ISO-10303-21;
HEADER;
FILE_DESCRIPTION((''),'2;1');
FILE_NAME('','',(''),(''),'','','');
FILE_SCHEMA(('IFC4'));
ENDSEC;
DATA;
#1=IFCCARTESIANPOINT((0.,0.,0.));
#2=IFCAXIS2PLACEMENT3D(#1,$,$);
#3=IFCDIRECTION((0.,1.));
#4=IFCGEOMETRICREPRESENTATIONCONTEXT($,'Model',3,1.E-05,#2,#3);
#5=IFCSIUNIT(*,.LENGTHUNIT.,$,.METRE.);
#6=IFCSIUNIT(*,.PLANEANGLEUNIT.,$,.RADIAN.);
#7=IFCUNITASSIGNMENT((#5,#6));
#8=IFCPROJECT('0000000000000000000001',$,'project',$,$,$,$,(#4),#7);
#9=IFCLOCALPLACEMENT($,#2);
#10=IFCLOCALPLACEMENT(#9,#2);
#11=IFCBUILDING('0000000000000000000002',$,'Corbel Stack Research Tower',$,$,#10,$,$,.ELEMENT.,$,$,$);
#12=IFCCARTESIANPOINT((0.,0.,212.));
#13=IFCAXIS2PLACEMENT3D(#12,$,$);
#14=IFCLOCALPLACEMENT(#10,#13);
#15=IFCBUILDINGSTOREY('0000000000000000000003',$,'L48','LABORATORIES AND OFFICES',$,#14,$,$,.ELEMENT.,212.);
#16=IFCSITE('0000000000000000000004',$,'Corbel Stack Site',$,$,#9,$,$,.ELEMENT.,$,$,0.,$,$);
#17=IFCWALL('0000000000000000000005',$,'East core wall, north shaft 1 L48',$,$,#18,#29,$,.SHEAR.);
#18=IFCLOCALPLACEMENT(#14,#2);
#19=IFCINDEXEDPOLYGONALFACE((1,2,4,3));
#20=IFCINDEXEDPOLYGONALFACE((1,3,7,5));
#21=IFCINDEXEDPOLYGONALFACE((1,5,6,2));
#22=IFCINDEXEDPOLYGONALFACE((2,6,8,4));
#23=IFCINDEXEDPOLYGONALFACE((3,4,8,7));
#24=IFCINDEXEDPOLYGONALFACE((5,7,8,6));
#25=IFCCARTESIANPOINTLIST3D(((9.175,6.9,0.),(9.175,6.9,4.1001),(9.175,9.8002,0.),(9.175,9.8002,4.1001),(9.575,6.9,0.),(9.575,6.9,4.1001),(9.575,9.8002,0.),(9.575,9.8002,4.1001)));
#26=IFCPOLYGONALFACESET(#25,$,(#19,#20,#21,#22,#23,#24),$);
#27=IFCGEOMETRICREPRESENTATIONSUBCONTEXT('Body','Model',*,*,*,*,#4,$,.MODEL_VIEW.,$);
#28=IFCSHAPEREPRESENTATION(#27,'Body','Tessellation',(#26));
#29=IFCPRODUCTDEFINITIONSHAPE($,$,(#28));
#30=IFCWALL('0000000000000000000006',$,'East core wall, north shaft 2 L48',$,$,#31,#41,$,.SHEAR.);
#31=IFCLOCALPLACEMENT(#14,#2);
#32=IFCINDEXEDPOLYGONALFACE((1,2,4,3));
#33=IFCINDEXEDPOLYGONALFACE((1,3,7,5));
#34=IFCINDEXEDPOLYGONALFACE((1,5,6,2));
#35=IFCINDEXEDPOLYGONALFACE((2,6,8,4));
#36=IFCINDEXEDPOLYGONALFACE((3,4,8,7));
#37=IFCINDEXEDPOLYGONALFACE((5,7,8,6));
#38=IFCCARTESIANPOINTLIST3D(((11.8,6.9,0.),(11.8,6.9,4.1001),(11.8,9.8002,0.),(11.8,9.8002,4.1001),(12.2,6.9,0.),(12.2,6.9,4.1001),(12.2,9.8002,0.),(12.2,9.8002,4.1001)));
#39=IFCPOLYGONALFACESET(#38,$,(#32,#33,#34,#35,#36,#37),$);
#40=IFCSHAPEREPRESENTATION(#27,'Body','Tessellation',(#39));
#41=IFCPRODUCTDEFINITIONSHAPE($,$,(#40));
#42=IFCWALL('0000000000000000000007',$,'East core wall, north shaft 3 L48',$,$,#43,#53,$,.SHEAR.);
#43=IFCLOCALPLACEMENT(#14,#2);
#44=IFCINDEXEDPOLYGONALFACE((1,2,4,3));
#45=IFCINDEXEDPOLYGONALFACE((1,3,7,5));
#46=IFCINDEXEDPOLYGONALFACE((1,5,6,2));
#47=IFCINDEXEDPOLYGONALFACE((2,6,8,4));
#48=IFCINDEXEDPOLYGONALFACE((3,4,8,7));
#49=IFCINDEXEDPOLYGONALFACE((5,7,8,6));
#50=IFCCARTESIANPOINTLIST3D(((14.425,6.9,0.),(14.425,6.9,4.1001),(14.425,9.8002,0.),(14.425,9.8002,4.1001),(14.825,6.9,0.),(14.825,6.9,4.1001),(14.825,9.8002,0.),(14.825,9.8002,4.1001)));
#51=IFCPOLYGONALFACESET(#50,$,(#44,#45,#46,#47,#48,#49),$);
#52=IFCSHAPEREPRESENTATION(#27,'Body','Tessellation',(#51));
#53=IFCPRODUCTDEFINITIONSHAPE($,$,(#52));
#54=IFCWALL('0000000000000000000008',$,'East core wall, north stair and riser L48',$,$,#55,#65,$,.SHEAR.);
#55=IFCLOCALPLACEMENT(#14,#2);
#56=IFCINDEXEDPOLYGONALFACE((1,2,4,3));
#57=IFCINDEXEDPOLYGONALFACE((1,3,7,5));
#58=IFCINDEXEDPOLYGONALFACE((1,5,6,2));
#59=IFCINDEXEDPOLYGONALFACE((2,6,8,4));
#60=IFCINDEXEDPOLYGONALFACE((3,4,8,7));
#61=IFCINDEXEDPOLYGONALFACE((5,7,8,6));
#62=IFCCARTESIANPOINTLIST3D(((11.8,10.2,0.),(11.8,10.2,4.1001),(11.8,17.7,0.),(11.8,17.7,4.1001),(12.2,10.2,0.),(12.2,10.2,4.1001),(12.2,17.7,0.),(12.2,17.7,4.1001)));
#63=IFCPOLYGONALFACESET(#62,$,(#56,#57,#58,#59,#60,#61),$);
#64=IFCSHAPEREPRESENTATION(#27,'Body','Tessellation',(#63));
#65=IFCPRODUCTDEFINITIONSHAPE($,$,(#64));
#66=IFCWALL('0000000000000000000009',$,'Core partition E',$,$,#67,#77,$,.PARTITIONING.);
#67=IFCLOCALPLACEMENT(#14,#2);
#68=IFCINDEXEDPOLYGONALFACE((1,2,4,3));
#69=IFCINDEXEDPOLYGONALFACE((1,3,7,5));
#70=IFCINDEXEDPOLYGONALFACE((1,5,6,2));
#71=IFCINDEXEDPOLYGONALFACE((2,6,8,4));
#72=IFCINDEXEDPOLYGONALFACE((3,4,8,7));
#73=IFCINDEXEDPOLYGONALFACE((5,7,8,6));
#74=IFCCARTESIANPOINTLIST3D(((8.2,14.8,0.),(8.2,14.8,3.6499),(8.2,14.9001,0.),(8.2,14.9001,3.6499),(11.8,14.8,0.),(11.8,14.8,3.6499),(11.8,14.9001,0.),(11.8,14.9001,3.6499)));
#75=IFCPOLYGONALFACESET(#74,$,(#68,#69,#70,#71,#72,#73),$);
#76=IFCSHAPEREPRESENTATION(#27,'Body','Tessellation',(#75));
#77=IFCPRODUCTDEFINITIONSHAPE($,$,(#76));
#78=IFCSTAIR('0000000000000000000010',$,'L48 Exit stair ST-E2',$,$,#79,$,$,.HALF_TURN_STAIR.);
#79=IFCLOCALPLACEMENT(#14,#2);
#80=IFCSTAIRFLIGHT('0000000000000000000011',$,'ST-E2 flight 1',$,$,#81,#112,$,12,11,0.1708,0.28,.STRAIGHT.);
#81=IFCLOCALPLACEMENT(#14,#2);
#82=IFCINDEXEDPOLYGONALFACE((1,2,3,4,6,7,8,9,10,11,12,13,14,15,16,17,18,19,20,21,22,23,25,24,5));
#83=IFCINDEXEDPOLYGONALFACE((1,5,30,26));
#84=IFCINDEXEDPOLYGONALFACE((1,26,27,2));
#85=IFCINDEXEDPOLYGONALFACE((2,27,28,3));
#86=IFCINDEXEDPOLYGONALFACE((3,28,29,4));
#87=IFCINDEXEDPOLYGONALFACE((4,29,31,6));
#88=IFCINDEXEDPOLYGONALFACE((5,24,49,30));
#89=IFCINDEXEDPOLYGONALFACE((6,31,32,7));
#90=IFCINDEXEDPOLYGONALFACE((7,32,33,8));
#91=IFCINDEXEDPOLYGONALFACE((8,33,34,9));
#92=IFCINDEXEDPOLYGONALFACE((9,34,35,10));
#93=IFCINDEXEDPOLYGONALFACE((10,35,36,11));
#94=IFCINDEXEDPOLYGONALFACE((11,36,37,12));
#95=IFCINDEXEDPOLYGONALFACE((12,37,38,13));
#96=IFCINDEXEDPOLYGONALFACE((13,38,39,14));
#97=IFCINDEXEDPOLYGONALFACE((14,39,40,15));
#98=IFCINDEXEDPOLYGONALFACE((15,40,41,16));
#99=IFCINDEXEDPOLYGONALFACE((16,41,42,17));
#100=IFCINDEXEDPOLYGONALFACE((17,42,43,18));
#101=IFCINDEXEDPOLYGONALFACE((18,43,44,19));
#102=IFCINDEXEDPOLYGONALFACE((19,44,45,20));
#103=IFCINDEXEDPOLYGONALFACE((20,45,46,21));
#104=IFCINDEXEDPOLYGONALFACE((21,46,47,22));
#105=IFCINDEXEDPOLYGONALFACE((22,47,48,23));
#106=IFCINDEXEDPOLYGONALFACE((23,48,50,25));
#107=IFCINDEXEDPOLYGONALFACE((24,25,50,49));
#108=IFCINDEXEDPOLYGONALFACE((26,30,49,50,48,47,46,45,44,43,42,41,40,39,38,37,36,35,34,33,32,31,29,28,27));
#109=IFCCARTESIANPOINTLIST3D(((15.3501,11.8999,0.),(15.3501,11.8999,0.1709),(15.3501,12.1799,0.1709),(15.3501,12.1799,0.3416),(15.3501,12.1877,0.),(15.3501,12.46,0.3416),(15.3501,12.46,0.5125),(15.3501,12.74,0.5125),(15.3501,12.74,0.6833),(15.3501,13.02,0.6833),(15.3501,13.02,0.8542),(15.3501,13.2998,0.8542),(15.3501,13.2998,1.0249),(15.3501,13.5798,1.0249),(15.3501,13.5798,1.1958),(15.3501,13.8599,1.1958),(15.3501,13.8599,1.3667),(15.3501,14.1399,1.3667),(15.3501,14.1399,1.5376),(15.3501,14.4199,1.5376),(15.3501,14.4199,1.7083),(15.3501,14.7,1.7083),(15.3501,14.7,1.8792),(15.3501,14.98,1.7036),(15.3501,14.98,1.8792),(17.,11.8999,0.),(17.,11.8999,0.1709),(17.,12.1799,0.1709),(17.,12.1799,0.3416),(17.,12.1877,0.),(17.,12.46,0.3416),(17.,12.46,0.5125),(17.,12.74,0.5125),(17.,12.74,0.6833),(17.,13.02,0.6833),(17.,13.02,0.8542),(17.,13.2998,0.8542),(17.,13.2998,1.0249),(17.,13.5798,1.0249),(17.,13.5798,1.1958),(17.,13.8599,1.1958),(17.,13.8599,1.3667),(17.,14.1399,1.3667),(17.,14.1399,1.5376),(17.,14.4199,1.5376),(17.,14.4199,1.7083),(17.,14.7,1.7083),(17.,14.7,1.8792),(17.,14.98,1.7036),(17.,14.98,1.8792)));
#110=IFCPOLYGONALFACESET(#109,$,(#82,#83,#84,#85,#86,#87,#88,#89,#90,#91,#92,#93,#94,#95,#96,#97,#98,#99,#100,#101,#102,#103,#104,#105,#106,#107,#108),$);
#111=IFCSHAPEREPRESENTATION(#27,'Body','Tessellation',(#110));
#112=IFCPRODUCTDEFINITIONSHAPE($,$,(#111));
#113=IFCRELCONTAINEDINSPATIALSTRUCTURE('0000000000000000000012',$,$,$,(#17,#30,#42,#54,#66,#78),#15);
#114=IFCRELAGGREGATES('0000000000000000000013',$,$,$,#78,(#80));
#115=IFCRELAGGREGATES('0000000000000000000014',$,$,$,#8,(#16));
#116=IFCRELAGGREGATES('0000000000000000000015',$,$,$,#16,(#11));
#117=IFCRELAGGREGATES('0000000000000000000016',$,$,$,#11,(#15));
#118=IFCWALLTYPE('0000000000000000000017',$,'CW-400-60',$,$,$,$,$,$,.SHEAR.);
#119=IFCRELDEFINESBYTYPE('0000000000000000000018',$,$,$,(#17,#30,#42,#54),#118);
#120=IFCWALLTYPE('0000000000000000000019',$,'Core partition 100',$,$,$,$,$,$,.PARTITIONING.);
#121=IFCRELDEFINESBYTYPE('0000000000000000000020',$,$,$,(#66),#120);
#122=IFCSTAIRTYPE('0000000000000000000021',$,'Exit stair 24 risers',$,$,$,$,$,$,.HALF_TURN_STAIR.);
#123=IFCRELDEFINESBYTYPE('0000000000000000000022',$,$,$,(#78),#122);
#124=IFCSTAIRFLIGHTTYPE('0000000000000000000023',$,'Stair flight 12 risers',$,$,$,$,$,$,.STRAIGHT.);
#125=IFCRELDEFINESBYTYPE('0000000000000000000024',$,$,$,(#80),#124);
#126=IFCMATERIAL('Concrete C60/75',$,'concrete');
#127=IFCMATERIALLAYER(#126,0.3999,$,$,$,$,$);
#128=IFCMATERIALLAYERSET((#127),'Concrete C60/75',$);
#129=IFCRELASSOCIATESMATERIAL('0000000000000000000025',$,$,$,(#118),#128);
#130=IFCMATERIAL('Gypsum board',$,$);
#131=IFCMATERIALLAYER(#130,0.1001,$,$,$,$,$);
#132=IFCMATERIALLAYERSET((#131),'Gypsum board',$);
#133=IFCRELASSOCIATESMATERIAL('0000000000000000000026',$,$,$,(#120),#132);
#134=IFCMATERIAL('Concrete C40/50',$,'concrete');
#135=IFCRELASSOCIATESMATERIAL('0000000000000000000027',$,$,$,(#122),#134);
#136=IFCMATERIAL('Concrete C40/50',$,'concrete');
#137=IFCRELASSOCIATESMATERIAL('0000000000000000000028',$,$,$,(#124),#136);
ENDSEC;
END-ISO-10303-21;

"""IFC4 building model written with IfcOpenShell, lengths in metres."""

from ifc_helpers import new_model, si_unit, direction, frame, frame_2d, origin, place, context, subcontext, project, spatial, polyline, rectangle, outline, extrude, material, layer, layer_set, type_object, element, aggregate, save


model = new_model("IFC4")

# Units and contexts
model_context = context("Model", 3, precision=1e-05, world=origin(), true_north=direction((0.0, 1.0)))
body_context = subcontext(model_context, "Body", "Model", "MODEL_VIEW")
ifc_project = project(units=[si_unit("LENGTHUNIT", "METRE"), si_unit("PLANEANGLEUNIT", "RADIAN")], contexts=[model_context])

# Site, building, storey
site_placement = place(None, origin())
site = spatial("IfcSite", under=ifc_project, at=site_placement, Name="Corbel Stack Site", CompositionType="ELEMENT", RefElevation=0.0)
building_placement = place(site_placement, origin())
building = spatial("IfcBuilding", under=site, at=building_placement, Name="Corbel Stack Research Tower", CompositionType="ELEMENT")
storey_placement = place(building_placement, frame((0.0, 0.0, 212.0)))
storey = spatial("IfcBuildingStorey", under=building, at=storey_placement, Name="L48", Description="LABORATORIES AND OFFICES", CompositionType="ELEMENT", Elevation=212.0)

# Walls
ifc_material_1 = material(Name="Concrete C60/75", Category="concrete")
ifc_layer_1 = layer(ifc_material_1, 0.3999)
ifc_layer_set_1 = layer_set([ifc_layer_1], Name="Concrete C60/75")
wall_type_1 = type_object("IfcWallType", Name="CW-400-60", PredefinedType="SHEAR", material=ifc_layer_set_1)
for number, where, z_axis, x_axis, name in (
    (1, (9.375, 6.8999, 0.0), (0.0, 0.0, 1.0), (0.0, 1.0, 0.0), "East core wall, north shaft 1 L48"),
    (2, (12.0, 6.8999, 0.0), (0.0, 0.0, 1.0), (0.0, 1.0, 0.0), "East core wall, north shaft 2 L48"),
    (3, (14.625, 6.8999, 0.0), (0.0, 0.0, 1.0), (0.0, 1.0, 0.0), "East core wall, north shaft 3 L48"),
):
    element("IfcWall", number, at=place(storey_placement, frame(where, z_axis=z_axis, x_axis=x_axis)), inside=storey, type_object=wall_type_1, Name=name, PredefinedType="SHEAR", context=body_context, shape_type="SweptSolid", body=[
        extrude(rectangle(XDim=2.9001, YDim=0.3999, at=frame_2d((1.4502, 0.0))), origin(), (0.0, 0.0, 1.0), 4.1001),
    ])
wall_1_placement = place(storey_placement, frame((12.0, 10.2, 0.0), z_axis=(0.0, 0.0, 1.0), x_axis=(0.0, 1.0, 0.0)))
element("IfcWall", 4, at=wall_1_placement, inside=storey, type_object=wall_type_1, Name="East core wall, north stair and riser L48", PredefinedType="SHEAR", context=body_context, shape_type="SweptSolid", body=[
    extrude(rectangle(XDim=7.5, YDim=0.3999, at=frame_2d((3.75, 0.0))), origin(), (0.0, 0.0, 1.0), 4.1001),
])
ifc_material_2 = material(Name="Gypsum board")
ifc_layer_2 = layer(ifc_material_2, 0.1001)
ifc_layer_set_2 = layer_set([ifc_layer_2], Name="Gypsum board")
wall_type_2 = type_object("IfcWallType", Name="Core partition 100", PredefinedType="PARTITIONING", material=ifc_layer_set_2)
wall_2_placement = place(storey_placement, frame((8.2, 14.8501, 0.0), z_axis=(0.0, 0.0, 1.0), x_axis=(1.0, 0.0, 0.0)))
element("IfcWall", 5, at=wall_2_placement, inside=storey, type_object=wall_type_2, Name="Core partition E", PredefinedType="PARTITIONING", context=body_context, shape_type="SweptSolid", body=[
    extrude(rectangle(XDim=3.6001, YDim=0.1001, at=frame_2d((1.8, 0.0))), origin(), (0.0, 0.0, 1.0), 3.6499),
])

# Stair, stair flight
ifc_material_3 = material(Name="Concrete C40/50", Category="concrete")
stair_type = type_object("IfcStairType", Name="Exit stair 24 risers", PredefinedType="HALF_TURN_STAIR", material=ifc_material_3)
stair_placement = place(storey_placement, origin())
stair = element("IfcStair", 6, at=stair_placement, inside=storey, type_object=stair_type, Name="L48 Exit stair ST-E2", PredefinedType="HALF_TURN_STAIR")
ifc_material_4 = material(Name="Concrete C40/50", Category="concrete")
stair_flight_type = type_object("IfcStairFlightType", Name="Stair flight 12 risers", PredefinedType="STRAIGHT", material=ifc_material_4)
stair_flight_placement = place(storey_placement, frame((16.175, 11.8999, 0.0), z_axis=(0.0, 0.0, 1.0), x_axis=(0.0, 1.0, 0.0)))
stair_flight = element("IfcStairFlight", 7, at=stair_flight_placement, type_object=stair_flight_type, Name="ST-E2 flight 1", NumberOfRisers=12, NumberOfTreads=11, PredefinedType="STRAIGHT", RiserHeight=0.1708, TreadLength=0.28, context=body_context, shape_type="SweptSolid", body=[
    extrude(outline(polyline([(0.0, 0.0), (0.0, 0.1709), (0.28, 0.1709), (0.28, 0.3416), (0.5601, 0.3416), (0.5601, 0.5125), (0.8401, 0.5125), (0.8401, 0.6833), (1.1201, 0.6833), (1.1201, 0.8542), (1.3999, 0.8542), (1.3999, 1.0249), (1.6799, 1.0249), (1.6799, 1.1958), (1.96, 1.1958), (1.96, 1.3667), (2.24, 1.3667), (2.24, 1.5376), (2.52, 1.5376), (2.52, 1.7083), (2.8, 1.7083), (2.8, 1.8792), (3.0801, 1.8792), (3.0801, 2.05), (3.0801, 1.7036), (0.2878, 0.0), (0.0, 0.0)])), frame((0.0, 0.825, 0.0), z_axis=(0.0, -1.0, 0.0), x_axis=(1.0, 0.0, 0.0)), (0.0, 0.0, 1.0), 1.6499),
])
aggregate(stair, [stair_flight])

save(model, "model.ifc")
